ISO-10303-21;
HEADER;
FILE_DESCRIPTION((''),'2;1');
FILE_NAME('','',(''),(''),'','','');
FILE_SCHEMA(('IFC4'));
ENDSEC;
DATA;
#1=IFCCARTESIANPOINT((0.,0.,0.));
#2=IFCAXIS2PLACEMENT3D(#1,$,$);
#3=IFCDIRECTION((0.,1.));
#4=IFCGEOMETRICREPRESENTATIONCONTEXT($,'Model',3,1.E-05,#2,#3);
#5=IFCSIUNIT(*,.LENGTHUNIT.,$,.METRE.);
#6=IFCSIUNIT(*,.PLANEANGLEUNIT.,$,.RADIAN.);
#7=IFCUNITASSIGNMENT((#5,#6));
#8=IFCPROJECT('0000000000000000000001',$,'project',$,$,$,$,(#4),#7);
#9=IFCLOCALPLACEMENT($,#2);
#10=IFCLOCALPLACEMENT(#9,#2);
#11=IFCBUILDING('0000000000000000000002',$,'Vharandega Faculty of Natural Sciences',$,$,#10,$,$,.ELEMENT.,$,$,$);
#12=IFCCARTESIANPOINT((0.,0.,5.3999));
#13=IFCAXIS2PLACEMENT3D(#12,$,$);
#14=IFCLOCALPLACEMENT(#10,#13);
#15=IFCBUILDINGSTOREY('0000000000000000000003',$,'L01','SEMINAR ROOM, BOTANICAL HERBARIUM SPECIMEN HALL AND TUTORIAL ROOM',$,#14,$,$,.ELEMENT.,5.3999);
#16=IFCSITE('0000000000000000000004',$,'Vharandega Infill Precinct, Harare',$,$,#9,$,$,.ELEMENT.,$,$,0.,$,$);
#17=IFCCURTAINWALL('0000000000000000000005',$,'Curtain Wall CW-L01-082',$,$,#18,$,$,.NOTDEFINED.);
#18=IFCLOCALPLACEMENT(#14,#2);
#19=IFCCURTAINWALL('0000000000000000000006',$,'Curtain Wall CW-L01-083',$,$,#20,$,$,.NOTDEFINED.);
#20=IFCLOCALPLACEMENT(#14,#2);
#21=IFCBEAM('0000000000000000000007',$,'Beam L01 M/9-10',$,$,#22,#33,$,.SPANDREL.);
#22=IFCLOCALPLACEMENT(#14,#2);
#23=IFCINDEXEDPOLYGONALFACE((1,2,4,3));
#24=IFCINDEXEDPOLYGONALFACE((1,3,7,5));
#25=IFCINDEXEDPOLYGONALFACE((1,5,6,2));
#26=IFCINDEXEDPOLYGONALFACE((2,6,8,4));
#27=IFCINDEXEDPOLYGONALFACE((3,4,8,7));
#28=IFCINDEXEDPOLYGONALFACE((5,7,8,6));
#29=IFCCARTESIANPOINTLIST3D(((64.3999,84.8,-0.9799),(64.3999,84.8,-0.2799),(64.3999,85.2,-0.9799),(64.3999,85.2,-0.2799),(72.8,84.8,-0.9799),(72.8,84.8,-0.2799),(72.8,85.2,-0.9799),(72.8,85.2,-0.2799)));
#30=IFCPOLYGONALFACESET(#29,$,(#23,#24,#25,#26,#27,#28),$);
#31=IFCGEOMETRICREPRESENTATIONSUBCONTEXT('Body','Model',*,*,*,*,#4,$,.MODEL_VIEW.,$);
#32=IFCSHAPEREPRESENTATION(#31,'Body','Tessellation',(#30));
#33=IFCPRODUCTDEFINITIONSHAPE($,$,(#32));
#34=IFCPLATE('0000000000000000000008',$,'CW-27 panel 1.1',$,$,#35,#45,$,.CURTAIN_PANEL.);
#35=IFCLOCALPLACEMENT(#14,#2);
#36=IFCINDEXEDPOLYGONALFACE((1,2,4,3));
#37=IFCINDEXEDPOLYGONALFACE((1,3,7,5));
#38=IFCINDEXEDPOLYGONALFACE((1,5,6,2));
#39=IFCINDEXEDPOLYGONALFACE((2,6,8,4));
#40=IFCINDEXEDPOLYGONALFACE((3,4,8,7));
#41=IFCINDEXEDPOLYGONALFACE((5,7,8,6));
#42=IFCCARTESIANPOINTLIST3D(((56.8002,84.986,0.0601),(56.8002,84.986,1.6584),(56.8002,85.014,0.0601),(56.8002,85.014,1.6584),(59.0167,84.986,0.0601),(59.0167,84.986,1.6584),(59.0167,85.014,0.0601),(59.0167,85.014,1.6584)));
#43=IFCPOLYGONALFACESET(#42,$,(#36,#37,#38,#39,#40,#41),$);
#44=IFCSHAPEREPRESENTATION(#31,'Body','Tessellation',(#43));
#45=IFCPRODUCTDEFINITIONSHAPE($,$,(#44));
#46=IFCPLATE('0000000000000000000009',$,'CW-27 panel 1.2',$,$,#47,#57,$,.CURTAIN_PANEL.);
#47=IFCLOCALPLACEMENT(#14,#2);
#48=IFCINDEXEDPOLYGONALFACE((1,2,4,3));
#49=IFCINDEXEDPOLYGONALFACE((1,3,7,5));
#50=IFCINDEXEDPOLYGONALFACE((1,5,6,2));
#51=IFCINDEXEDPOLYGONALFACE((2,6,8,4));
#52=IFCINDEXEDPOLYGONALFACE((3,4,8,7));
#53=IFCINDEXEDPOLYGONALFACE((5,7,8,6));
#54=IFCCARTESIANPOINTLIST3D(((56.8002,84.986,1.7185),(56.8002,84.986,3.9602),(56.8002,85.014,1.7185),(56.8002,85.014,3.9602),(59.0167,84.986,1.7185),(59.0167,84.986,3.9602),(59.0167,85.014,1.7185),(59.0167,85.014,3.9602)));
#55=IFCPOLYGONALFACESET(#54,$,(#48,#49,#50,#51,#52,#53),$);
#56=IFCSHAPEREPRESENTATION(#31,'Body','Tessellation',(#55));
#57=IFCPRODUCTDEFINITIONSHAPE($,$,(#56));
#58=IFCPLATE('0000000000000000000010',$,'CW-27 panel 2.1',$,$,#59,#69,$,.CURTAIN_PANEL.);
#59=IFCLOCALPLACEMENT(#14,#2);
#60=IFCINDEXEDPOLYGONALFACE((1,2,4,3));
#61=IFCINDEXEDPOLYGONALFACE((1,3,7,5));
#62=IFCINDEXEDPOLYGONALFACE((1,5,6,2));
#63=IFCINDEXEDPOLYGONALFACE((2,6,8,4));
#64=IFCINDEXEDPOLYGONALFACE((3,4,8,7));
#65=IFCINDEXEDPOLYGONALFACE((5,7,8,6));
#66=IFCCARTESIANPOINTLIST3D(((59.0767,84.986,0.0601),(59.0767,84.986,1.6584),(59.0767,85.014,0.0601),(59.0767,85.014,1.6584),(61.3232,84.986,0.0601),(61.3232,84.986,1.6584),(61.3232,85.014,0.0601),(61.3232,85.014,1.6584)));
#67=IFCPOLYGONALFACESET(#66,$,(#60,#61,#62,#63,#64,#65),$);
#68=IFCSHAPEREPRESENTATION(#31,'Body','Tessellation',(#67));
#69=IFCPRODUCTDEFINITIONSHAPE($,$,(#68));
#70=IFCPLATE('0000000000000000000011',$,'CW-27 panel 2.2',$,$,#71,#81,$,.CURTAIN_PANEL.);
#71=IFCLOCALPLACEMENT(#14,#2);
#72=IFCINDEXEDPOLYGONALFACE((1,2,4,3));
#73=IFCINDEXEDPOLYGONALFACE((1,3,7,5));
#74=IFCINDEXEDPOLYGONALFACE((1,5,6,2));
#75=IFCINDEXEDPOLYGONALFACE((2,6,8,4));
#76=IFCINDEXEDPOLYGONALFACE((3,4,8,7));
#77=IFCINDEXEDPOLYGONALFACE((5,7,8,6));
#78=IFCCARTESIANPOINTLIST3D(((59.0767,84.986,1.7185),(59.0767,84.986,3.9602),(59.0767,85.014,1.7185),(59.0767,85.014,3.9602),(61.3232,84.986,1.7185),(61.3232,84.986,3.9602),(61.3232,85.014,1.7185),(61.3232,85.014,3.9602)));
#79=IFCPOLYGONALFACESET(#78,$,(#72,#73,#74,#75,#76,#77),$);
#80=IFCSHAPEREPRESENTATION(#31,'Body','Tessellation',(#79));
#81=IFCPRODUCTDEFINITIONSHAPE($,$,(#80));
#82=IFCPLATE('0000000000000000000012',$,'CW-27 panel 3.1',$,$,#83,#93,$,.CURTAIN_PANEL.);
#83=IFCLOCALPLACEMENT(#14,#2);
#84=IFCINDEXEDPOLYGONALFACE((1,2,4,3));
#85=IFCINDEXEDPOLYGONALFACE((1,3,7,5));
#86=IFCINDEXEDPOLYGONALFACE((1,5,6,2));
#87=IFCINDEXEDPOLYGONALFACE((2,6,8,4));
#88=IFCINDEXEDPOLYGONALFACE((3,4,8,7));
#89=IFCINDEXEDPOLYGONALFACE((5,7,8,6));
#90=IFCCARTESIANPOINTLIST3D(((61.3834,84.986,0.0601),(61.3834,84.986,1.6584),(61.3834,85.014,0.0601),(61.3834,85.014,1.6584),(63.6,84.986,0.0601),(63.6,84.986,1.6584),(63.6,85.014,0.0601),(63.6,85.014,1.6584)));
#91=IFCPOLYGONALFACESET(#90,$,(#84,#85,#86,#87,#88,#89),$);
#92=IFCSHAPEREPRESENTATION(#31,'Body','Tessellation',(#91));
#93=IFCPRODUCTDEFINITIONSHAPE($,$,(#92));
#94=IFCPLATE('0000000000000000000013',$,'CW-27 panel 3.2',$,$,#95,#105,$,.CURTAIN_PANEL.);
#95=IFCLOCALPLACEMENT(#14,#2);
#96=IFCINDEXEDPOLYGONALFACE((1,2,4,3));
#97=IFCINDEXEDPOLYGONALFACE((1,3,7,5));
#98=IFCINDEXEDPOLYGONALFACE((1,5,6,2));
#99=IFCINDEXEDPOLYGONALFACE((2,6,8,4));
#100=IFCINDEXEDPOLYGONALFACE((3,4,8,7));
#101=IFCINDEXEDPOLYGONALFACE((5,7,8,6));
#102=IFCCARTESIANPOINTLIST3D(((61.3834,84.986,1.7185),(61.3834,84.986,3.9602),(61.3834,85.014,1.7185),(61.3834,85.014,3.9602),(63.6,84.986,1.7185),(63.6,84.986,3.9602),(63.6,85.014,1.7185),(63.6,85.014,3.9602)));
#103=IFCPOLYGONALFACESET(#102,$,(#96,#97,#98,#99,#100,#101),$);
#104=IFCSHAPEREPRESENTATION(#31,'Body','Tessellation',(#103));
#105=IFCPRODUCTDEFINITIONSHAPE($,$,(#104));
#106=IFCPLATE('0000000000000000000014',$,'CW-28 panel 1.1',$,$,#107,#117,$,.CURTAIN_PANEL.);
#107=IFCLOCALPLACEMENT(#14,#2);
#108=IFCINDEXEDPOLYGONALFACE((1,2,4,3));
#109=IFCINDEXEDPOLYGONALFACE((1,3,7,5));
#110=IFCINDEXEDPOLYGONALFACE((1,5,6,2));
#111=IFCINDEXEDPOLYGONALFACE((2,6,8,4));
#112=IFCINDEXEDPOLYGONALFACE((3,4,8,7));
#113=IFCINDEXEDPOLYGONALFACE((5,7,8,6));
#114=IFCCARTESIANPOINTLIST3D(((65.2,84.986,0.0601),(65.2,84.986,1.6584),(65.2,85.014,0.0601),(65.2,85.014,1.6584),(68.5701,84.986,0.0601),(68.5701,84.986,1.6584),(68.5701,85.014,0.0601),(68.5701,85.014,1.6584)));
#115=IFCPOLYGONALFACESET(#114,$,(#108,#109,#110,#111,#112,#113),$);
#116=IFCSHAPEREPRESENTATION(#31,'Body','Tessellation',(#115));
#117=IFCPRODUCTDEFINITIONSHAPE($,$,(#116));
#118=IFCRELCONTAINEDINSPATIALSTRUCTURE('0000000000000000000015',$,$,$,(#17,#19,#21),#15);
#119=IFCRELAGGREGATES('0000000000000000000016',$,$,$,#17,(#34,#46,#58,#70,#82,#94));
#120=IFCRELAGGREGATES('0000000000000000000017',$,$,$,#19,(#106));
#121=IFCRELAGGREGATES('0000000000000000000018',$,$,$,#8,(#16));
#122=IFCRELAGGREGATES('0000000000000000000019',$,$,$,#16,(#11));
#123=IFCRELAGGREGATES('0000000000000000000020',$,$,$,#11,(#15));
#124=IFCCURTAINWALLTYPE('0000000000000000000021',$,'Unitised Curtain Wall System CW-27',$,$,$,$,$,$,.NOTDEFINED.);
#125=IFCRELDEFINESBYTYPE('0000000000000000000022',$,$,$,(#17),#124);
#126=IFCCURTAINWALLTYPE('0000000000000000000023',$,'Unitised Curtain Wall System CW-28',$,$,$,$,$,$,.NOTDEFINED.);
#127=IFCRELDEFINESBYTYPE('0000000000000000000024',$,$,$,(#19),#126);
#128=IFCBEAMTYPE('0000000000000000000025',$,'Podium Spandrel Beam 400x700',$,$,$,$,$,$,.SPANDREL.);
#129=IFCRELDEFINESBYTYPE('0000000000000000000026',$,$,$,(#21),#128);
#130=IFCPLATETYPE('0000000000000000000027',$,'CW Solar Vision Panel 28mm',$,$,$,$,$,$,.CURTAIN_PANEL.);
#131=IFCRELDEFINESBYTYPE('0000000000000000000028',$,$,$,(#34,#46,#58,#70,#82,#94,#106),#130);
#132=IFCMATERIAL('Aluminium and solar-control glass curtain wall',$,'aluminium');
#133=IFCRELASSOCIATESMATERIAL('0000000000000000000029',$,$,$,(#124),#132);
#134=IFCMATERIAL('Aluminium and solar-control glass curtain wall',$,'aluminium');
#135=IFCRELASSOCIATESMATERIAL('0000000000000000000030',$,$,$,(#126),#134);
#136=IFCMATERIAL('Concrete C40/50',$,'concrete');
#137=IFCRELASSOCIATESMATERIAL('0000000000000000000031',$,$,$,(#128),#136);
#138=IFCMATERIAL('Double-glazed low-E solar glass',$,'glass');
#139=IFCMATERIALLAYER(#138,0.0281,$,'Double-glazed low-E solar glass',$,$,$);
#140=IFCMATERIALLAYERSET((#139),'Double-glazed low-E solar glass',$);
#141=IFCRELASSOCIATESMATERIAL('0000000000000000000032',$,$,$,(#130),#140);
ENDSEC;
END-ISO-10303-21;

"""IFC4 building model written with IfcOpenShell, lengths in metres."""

from ifc_helpers import new_model, si_unit, direction, frame, origin, origin_2d, place, context, subcontext, project, spatial, rectangle, extrude, material, layer, layer_set, material_profile, profile_set, type_object, element, aggregate, save


model = new_model("IFC4")

# Units and contexts
model_context = context("Model", 3, precision=1e-05, world=origin(), true_north=direction((0.0, 1.0)))
body_context = subcontext(model_context, "Body", "Model", "MODEL_VIEW")
ifc_project = project(units=[si_unit("LENGTHUNIT", "METRE"), si_unit("PLANEANGLEUNIT", "RADIAN")], contexts=[model_context])

# Site, building, storey
site_placement = place(None, origin())
site = spatial("IfcSite", under=ifc_project, at=site_placement, Name="Vharandega Infill Precinct, Harare", CompositionType="ELEMENT", RefElevation=0.0)
building_placement = place(site_placement, origin())
building = spatial("IfcBuilding", under=site, at=building_placement, Name="Vharandega Faculty of Natural Sciences", CompositionType="ELEMENT")
storey_placement = place(building_placement, frame((0.0, 0.0, 5.3999)))
storey = spatial("IfcBuildingStorey", under=building, at=storey_placement, Name="L01", Description="SEMINAR ROOM, BOTANICAL HERBARIUM SPECIMEN HALL AND TUTORIAL ROOM", CompositionType="ELEMENT", Elevation=5.3999)

# Curtain wall
ifc_material_1 = material(Name="Aluminium and solar-control glass curtain wall", Category="aluminium")
curtain_wall_type_1 = type_object("IfcCurtainWallType", Name="Unitised Curtain Wall System CW-27", PredefinedType="NOTDEFINED", material=ifc_material_1)
curtain_wall_1_placement = place(storey_placement, origin())
curtain_wall_1 = element("IfcCurtainWall", 1, at=curtain_wall_1_placement, inside=storey, type_object=curtain_wall_type_1, Name="Curtain Wall CW-L01-082", PredefinedType="NOTDEFINED")

# Curtain wall
ifc_material_2 = material(Name="Aluminium and solar-control glass curtain wall", Category="aluminium")
curtain_wall_type_2 = type_object("IfcCurtainWallType", Name="Unitised Curtain Wall System CW-28", PredefinedType="NOTDEFINED", material=ifc_material_2)
curtain_wall_2_placement = place(storey_placement, origin())
curtain_wall_2 = element("IfcCurtainWall", 2, at=curtain_wall_2_placement, inside=storey, type_object=curtain_wall_type_2, Name="Curtain Wall CW-L01-083", PredefinedType="NOTDEFINED")

# Beam
ifc_material_3 = material(Name="Concrete C40/50", Category="concrete")
ifc_material_profile_1 = material_profile(ifc_material_3, rectangle(XDim=0.3999, YDim=0.7, at=origin_2d()), Name="RC 400x700")
ifc_profile_set_1 = profile_set([ifc_material_profile_1], Name="Concrete C40/50")
beam_type = type_object("IfcBeamType", Name="Podium Spandrel Beam 400x700", PredefinedType="SPANDREL", material=ifc_profile_set_1)
beam_placement = place(storey_placement, frame((64.3999, 85.0, -0.6299), z_axis=(1.0, 0.0, 0.0), x_axis=(0.0, 1.0, 0.0)))
element("IfcBeam", 3, at=beam_placement, inside=storey, type_object=beam_type, Name="Beam L01 M/9-10", PredefinedType="SPANDREL", context=body_context, shape_type="SweptSolid", body=[
    extrude(rectangle(XDim=0.3999, YDim=0.7, at=origin_2d()), origin(), (0.0, 0.0, 1.0), 8.4001),
])

# Plates
ifc_material_4 = material(Name="Double-glazed low-E solar glass", Category="glass")
ifc_layer = layer(ifc_material_4, 0.0281, Name="Double-glazed low-E solar glass")
ifc_layer_set = layer_set([ifc_layer], Name="Double-glazed low-E solar glass")
plate_type = type_object("IfcPlateType", Name="CW Solar Vision Panel 28mm", PredefinedType="CURTAIN_PANEL", material=ifc_layer_set)
plate_1_placement = place(storey_placement, frame((57.9084, 85.0, 0.0601), z_axis=(0.0, 0.0, 1.0), x_axis=(1.0, 0.0, 0.0)))
plate_1 = element("IfcPlate", 4, at=plate_1_placement, type_object=plate_type, Name="CW-27 panel 1.1", PredefinedType="CURTAIN_PANEL", context=body_context, shape_type="SweptSolid", body=[
    extrude(rectangle(XDim=2.2166, YDim=0.0281, at=origin_2d()), origin(), (0.0, 0.0, 1.0), 1.5984),
])
plate_2_placement = place(storey_placement, frame((57.9084, 85.0, 1.7185), z_axis=(0.0, 0.0, 1.0), x_axis=(1.0, 0.0, 0.0)))
plate_2 = element("IfcPlate", 5, at=plate_2_placement, type_object=plate_type, Name="CW-27 panel 1.2", PredefinedType="CURTAIN_PANEL", context=body_context, shape_type="SweptSolid", body=[
    extrude(rectangle(XDim=2.2166, YDim=0.0281, at=origin_2d()), origin(), (0.0, 0.0, 1.0), 2.2417),
])
plate_3_placement = place(storey_placement, frame((60.2, 85.0, 0.0601), z_axis=(0.0, 0.0, 1.0), x_axis=(1.0, 0.0, 0.0)))
plate_3 = element("IfcPlate", 6, at=plate_3_placement, type_object=plate_type, Name="CW-27 panel 2.1", PredefinedType="CURTAIN_PANEL", context=body_context, shape_type="SweptSolid", body=[
    extrude(rectangle(XDim=2.2466, YDim=0.0281, at=origin_2d()), origin(), (0.0, 0.0, 1.0), 1.5984),
])
plate_4_placement = place(storey_placement, frame((60.2, 85.0, 1.7185), z_axis=(0.0, 0.0, 1.0), x_axis=(1.0, 0.0, 0.0)))
plate_4 = element("IfcPlate", 7, at=plate_4_placement, type_object=plate_type, Name="CW-27 panel 2.2", PredefinedType="CURTAIN_PANEL", context=body_context, shape_type="SweptSolid", body=[
    extrude(rectangle(XDim=2.2466, YDim=0.0281, at=origin_2d()), origin(), (0.0, 0.0, 1.0), 2.2417),
])
plate_5_placement = place(storey_placement, frame((62.4917, 85.0, 0.0601), z_axis=(0.0, 0.0, 1.0), x_axis=(1.0, 0.0, 0.0)))
plate_5 = element("IfcPlate", 8, at=plate_5_placement, type_object=plate_type, Name="CW-27 panel 3.1", PredefinedType="CURTAIN_PANEL", context=body_context, shape_type="SweptSolid", body=[
    extrude(rectangle(XDim=2.2166, YDim=0.0281, at=origin_2d()), origin(), (0.0, 0.0, 1.0), 1.5984),
])
plate_6_placement = place(storey_placement, frame((62.4917, 85.0, 1.7185), z_axis=(0.0, 0.0, 1.0), x_axis=(1.0, 0.0, 0.0)))
plate_6 = element("IfcPlate", 9, at=plate_6_placement, type_object=plate_type, Name="CW-27 panel 3.2", PredefinedType="CURTAIN_PANEL", context=body_context, shape_type="SweptSolid", body=[
    extrude(rectangle(XDim=2.2166, YDim=0.0281, at=origin_2d()), origin(), (0.0, 0.0, 1.0), 2.2417),
])
aggregate(curtain_wall_1, [plate_1, plate_2, plate_3, plate_4, plate_5, plate_6])
plate_7_placement = place(storey_placement, frame((66.885, 85.0, 0.0601), z_axis=(0.0, 0.0, 1.0), x_axis=(1.0, 0.0, 0.0)))
plate_7 = element("IfcPlate", 10, at=plate_7_placement, type_object=plate_type, Name="CW-28 panel 1.1", PredefinedType="CURTAIN_PANEL", context=body_context, shape_type="SweptSolid", body=[
    extrude(rectangle(XDim=3.3701, YDim=0.0281, at=origin_2d()), origin(), (0.0, 0.0, 1.0), 1.5984),
])
aggregate(curtain_wall_2, [plate_7])

save(model, "model.ifc")
